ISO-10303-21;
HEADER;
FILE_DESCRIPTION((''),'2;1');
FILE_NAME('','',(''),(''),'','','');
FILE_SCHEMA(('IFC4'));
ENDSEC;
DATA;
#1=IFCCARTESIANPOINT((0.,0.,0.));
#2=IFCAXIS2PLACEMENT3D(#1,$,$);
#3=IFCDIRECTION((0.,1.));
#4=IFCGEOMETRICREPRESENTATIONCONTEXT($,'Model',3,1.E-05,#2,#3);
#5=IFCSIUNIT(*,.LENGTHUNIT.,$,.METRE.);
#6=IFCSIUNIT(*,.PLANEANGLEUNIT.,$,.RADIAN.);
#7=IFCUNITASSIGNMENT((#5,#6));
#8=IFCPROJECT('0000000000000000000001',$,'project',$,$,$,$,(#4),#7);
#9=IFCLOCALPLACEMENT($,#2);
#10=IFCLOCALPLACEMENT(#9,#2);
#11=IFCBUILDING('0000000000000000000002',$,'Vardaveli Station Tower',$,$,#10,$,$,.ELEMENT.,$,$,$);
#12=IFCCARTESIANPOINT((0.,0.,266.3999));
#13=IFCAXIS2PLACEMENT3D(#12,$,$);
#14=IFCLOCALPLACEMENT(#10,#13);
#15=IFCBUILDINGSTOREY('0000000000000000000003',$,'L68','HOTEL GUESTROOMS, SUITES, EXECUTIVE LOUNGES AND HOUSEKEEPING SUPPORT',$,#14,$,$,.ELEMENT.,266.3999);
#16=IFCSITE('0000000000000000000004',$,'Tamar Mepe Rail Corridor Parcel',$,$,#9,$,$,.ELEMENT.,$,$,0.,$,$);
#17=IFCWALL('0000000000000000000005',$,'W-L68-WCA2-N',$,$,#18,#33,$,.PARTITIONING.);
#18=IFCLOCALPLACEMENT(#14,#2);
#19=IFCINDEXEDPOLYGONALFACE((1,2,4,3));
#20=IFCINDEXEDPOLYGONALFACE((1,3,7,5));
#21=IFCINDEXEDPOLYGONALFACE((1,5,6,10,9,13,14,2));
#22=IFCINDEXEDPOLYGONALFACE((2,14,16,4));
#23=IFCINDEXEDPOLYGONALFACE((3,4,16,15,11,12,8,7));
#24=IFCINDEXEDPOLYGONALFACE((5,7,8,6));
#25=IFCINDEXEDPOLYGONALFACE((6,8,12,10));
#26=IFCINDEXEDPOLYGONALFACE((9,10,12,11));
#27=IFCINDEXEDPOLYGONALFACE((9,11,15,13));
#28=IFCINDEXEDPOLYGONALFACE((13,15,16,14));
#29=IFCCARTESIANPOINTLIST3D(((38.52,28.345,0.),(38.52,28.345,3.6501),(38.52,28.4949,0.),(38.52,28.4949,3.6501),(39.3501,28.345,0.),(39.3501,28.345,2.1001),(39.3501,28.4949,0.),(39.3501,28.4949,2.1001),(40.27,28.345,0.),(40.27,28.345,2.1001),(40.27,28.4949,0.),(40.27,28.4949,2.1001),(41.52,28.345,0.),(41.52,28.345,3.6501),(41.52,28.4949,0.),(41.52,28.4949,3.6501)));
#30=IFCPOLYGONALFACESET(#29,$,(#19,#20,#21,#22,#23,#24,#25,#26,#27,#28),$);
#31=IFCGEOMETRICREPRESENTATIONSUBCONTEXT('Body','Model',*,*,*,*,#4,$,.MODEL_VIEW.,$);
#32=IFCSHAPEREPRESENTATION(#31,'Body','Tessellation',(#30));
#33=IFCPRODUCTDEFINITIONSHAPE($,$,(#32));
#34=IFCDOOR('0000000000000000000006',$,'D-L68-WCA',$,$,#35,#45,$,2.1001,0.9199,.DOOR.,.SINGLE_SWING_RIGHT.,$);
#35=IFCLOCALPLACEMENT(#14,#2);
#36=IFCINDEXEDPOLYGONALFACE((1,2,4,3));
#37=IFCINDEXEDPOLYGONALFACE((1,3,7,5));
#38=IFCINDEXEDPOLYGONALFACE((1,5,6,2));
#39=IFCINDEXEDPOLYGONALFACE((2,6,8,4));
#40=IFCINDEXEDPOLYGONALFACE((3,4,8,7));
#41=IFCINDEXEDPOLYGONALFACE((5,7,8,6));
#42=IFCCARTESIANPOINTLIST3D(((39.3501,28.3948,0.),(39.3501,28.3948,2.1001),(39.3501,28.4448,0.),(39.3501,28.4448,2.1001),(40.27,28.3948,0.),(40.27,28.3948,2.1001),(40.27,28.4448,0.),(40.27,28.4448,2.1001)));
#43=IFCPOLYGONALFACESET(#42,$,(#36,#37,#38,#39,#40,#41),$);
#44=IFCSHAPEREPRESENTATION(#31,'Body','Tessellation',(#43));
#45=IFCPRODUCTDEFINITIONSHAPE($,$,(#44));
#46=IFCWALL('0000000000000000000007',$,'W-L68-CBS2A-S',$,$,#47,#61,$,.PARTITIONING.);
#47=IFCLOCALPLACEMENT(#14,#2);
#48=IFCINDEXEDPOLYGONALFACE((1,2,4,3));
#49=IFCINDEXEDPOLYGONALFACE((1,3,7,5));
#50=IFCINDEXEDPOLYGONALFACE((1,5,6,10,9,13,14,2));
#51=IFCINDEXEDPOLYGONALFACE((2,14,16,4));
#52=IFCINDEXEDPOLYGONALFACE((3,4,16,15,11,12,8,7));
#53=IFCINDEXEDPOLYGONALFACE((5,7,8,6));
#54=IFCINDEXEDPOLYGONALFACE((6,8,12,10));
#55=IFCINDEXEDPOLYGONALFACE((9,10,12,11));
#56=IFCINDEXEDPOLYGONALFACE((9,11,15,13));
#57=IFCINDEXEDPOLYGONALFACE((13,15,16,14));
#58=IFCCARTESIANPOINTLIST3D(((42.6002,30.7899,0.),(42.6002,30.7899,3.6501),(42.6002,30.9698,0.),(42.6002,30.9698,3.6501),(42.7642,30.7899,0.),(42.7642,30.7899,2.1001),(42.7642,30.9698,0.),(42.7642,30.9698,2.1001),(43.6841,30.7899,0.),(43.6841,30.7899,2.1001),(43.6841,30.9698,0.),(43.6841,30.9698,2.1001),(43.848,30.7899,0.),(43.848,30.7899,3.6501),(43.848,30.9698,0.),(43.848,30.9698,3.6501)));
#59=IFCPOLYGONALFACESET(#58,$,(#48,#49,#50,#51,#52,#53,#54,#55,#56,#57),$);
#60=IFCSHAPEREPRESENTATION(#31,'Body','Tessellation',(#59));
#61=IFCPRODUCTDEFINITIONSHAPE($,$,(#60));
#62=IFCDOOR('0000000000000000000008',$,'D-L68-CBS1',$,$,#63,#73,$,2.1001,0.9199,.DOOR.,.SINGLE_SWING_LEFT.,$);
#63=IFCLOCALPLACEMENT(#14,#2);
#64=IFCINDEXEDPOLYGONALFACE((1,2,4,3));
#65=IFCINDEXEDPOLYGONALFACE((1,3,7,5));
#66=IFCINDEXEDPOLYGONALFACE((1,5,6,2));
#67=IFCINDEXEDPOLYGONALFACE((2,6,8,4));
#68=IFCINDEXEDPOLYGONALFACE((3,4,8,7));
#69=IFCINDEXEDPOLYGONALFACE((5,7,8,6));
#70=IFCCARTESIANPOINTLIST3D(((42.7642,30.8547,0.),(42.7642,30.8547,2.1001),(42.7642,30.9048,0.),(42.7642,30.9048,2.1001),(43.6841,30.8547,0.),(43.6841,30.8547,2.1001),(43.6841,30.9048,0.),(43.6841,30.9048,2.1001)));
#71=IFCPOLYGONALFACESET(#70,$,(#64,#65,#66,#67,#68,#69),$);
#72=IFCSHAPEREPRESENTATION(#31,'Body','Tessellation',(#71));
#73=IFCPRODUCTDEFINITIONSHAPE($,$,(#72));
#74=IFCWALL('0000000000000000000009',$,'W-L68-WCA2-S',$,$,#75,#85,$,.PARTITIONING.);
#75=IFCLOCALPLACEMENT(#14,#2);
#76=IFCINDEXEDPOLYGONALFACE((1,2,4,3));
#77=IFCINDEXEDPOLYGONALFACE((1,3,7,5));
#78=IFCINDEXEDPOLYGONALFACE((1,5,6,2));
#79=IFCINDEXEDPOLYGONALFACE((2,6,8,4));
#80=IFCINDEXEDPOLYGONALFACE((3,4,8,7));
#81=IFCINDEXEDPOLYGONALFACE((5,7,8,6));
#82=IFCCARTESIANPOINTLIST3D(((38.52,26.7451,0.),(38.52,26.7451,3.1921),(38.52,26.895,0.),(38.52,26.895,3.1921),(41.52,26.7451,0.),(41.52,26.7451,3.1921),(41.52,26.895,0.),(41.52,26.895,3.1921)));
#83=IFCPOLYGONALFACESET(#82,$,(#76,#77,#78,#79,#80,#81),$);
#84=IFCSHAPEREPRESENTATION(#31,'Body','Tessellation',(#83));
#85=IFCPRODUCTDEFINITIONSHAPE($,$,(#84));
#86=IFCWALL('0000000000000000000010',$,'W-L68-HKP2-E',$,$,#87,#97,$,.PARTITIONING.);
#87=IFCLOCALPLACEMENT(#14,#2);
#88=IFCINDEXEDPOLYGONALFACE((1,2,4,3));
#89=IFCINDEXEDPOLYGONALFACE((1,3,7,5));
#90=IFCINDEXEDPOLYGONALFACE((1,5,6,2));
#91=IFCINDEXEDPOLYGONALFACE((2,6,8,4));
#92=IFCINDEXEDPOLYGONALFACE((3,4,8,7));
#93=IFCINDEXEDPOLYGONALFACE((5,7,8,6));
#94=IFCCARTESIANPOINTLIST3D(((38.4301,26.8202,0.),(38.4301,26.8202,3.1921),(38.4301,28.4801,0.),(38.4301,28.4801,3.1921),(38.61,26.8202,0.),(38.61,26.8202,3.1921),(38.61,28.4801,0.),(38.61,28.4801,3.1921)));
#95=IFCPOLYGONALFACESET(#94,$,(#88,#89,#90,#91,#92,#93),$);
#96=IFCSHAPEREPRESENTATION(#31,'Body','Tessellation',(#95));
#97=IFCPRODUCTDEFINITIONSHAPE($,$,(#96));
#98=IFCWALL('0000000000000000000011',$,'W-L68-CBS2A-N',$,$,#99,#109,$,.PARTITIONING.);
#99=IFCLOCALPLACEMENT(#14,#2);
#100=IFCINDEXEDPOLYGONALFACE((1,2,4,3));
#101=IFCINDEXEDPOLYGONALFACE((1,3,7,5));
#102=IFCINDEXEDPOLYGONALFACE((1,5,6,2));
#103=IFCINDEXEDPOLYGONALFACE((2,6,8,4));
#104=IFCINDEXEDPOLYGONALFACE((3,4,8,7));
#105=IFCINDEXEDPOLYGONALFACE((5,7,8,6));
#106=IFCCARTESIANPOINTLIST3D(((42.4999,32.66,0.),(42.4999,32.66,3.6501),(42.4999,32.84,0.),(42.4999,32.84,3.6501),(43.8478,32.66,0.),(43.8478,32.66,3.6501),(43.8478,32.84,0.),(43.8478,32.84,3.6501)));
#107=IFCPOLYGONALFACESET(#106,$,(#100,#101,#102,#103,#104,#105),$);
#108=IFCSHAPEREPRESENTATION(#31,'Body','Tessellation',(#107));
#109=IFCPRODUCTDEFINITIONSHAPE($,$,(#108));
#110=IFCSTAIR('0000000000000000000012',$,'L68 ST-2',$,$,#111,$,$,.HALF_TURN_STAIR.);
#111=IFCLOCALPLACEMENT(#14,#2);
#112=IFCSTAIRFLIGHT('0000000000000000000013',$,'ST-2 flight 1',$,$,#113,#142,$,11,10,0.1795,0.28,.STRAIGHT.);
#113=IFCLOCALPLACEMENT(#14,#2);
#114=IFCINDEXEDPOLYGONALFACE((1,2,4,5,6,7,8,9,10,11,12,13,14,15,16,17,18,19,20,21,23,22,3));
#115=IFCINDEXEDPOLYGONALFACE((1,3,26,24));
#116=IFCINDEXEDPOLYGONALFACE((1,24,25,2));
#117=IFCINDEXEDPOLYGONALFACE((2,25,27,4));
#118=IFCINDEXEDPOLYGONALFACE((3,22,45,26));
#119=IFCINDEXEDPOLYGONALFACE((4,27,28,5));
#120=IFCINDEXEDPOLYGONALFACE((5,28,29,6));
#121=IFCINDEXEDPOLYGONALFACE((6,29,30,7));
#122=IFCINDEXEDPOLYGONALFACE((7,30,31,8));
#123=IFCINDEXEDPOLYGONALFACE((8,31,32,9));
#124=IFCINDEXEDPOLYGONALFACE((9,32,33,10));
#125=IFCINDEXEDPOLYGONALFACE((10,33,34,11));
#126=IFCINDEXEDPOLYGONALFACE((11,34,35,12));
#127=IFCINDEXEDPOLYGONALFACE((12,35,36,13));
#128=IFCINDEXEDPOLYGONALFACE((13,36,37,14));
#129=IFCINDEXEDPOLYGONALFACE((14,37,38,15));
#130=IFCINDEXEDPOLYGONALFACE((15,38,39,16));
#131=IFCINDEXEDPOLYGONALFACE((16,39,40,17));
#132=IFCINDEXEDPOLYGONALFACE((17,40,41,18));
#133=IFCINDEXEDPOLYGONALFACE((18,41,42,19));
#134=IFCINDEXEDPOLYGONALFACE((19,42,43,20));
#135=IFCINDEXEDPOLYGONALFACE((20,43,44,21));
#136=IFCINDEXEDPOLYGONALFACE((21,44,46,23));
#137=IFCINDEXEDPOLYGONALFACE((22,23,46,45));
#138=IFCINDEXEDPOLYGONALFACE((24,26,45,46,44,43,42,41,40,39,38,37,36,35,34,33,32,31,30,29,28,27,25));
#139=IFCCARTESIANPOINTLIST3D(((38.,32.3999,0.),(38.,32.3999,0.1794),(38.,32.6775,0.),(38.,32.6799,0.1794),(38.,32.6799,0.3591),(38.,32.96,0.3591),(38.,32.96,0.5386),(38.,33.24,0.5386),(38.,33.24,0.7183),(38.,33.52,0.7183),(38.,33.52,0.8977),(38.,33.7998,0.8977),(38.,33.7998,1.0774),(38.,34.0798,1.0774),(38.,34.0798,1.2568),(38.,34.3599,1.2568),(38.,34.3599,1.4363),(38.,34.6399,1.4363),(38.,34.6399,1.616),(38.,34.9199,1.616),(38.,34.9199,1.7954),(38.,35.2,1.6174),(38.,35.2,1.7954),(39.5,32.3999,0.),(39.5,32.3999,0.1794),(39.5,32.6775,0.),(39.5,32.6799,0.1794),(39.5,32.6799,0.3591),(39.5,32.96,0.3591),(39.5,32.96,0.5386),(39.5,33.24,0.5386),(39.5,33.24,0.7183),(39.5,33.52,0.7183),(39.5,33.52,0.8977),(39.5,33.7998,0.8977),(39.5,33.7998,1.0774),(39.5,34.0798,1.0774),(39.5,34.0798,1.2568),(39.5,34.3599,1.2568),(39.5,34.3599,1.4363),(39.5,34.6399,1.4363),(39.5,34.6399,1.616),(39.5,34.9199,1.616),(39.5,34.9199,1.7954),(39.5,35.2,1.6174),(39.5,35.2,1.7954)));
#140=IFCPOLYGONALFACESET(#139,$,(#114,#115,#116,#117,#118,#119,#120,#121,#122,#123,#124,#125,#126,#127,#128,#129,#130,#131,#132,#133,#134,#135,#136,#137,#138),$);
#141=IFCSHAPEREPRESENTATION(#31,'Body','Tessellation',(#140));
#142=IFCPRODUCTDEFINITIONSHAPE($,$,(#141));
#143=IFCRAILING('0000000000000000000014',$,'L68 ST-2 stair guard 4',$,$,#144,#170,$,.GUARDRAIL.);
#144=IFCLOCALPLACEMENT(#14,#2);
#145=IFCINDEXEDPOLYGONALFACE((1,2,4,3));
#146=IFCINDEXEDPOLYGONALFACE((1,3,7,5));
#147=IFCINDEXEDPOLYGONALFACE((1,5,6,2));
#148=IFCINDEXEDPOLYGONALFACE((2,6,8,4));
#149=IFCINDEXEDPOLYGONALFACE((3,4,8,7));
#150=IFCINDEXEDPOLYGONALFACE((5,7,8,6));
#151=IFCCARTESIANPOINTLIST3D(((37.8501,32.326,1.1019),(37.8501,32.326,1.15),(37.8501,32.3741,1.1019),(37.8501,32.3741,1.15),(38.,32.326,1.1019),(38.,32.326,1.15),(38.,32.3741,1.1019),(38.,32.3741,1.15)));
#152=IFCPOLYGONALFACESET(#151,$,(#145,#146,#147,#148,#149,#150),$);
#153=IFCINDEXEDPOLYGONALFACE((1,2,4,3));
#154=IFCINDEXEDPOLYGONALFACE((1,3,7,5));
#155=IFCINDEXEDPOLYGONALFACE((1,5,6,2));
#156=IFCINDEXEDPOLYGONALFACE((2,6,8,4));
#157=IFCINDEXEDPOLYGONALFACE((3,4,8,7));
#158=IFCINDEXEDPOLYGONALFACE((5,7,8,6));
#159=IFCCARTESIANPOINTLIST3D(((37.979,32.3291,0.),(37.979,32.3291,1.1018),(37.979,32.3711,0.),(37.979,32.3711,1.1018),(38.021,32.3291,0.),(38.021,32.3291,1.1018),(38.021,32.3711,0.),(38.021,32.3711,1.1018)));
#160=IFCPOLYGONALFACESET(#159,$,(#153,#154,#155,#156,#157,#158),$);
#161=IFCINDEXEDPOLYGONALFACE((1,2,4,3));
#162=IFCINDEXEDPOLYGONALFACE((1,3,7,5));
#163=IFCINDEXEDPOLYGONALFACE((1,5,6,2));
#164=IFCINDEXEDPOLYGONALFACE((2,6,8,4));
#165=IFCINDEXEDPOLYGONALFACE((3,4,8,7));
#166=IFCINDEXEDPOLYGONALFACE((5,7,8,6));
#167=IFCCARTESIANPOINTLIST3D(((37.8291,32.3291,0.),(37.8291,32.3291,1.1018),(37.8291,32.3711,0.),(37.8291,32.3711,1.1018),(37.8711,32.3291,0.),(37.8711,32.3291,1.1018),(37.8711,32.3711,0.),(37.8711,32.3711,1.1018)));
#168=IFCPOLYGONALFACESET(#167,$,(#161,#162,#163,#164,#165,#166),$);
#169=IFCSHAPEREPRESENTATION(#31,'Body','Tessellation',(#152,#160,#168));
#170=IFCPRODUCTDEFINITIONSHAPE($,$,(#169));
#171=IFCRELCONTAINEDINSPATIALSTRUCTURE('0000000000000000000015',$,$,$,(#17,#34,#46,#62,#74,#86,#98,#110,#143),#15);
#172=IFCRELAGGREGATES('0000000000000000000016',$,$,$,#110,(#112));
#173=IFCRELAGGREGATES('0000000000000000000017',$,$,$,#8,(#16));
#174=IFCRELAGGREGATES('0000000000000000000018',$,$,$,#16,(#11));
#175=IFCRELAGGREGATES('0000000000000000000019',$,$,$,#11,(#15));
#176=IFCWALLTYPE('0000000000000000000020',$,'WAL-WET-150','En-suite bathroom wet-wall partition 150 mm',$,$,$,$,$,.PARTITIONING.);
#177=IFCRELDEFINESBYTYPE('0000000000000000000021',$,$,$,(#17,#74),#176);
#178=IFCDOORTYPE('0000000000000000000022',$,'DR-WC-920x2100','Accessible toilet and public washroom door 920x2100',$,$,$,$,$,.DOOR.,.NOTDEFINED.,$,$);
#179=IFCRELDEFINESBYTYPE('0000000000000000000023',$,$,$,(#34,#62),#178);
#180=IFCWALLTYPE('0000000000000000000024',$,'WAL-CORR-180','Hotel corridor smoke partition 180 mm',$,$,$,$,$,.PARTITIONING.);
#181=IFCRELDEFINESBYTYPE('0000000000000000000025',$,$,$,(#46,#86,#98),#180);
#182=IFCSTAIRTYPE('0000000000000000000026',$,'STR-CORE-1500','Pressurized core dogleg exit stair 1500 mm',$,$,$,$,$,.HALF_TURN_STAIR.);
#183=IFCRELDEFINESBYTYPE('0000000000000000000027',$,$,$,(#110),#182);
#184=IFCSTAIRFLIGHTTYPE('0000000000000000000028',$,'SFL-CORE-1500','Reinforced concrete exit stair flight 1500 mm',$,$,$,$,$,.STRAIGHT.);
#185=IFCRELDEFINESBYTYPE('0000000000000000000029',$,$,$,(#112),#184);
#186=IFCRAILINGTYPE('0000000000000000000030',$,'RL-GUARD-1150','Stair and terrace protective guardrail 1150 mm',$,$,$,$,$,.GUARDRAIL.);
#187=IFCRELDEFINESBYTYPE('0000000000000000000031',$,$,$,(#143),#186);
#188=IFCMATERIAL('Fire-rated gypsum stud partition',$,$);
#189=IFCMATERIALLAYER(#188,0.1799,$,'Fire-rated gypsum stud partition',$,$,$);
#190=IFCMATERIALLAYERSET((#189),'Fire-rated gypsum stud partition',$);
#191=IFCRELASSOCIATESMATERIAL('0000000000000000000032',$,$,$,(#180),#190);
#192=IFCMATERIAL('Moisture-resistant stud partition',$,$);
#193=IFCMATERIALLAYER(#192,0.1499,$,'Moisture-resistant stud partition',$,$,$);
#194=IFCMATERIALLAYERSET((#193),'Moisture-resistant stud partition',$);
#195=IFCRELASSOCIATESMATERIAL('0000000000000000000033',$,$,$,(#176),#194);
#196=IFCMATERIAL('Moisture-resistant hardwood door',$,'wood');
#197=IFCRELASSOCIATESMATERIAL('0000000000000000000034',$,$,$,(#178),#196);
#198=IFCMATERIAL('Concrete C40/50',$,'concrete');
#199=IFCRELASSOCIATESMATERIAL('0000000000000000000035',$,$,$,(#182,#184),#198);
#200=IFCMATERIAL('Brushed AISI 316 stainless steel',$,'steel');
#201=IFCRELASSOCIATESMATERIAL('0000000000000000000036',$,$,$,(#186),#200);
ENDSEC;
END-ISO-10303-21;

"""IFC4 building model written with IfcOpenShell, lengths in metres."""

from ifc_helpers import new_model, si_unit, direction, frame, frame_2d, origin, origin_2d, place, context, subcontext, project, spatial, polyline, rectangle, outline, extrude, source, transform, mapped, material, layer, layer_set, type_object, element, fill, aggregate, save


model = new_model("IFC4")

# Units and contexts
model_context = context("Model", 3, precision=1e-05, world=origin(), true_north=direction((0.0, 1.0)))
body_context = subcontext(model_context, "Body", "Model", "MODEL_VIEW")
ifc_project = project(units=[si_unit("LENGTHUNIT", "METRE"), si_unit("PLANEANGLEUNIT", "RADIAN")], contexts=[model_context])

# Site, building, storey
site_placement = place(None, origin())
site = spatial("IfcSite", under=ifc_project, at=site_placement, Name="Tamar Mepe Rail Corridor Parcel", CompositionType="ELEMENT", RefElevation=0.0)
building_placement = place(site_placement, origin())
building = spatial("IfcBuilding", under=site, at=building_placement, Name="Vardaveli Station Tower", CompositionType="ELEMENT")
storey_placement = place(building_placement, frame((0.0, 0.0, 266.3999)))
storey = spatial("IfcBuildingStorey", under=building, at=storey_placement, Name="L68", Description="HOTEL GUESTROOMS, SUITES, EXECUTIVE LOUNGES AND HOUSEKEEPING SUPPORT", CompositionType="ELEMENT", Elevation=266.3999)

# Shared definitions
ifc_material_1 = material(Name="Concrete C40/50", Category="concrete")

# Shared definitions
ifc_material_2 = material(Name="Fire-rated gypsum stud partition")
ifc_layer_1 = layer(ifc_material_2, 0.1799, Name="Fire-rated gypsum stud partition")
ifc_layer_set_1 = layer_set([ifc_layer_1], Name="Fire-rated gypsum stud partition")
wall_type_1 = type_object("IfcWallType", Name="WAL-CORR-180", Description="Hotel corridor smoke partition 180 mm", PredefinedType="PARTITIONING", material=ifc_layer_set_1)

# Walls, openings, doors
ifc_material_3 = material(Name="Moisture-resistant stud partition")
ifc_layer_2 = layer(ifc_material_3, 0.1499, Name="Moisture-resistant stud partition")
ifc_layer_set_2 = layer_set([ifc_layer_2], Name="Moisture-resistant stud partition")
wall_type_2 = type_object("IfcWallType", Name="WAL-WET-150", Description="En-suite bathroom wet-wall partition 150 mm", PredefinedType="PARTITIONING", material=ifc_layer_set_2)
shared_shape_1 = source(origin(), body_context, "Body", "SweptSolid", [
    extrude(rectangle(XDim=3.0, YDim=0.1499, at=frame_2d((1.5, 0.0))), origin(), (0.0, 0.0, 1.0), 3.6501),
])
wall_1_placement = place(storey_placement, frame((38.52, 28.4199, 0.0), z_axis=(0.0, 0.0, 1.0), x_axis=(1.0, 0.0, 0.0)))
wall_1 = element("IfcWall", 1, at=wall_1_placement, inside=storey, type_object=wall_type_2, Name="W-L68-WCA2-N", PredefinedType="PARTITIONING", context=body_context, shape_type="MappedRepresentation", body=[
    mapped(shared_shape_1, transform((0.0, 0.0, 0.0), scale=1.0)),
])
shared_shape_2 = source(origin(), body_context, "Body", "SweptSolid", [
    extrude(rectangle(XDim=0.9199, YDim=2.1001, at=frame_2d((0.46, 1.05))), frame((0.0, 0.085, 0.0), z_axis=(0.0, -1.0, 0.0), x_axis=(1.0, 0.0, 0.0)), (0.0, 0.0, 1.0), 0.1699),
])
opening_1_placement = place(wall_1_placement, frame((0.8301, 0.0, 0.0)))
opening_1 = element("IfcOpeningElement", 2, at=opening_1_placement, cuts=wall_1, PredefinedType="OPENING", context=body_context, shape_type="MappedRepresentation", body=[
    mapped(shared_shape_2, transform((0.0, 0.0, 0.0), scale=1.0)),
])
ifc_material_4 = material(Name="Moisture-resistant hardwood door", Category="wood")
door_type_1 = type_object("IfcDoorType", Name="DR-WC-920x2100", Description="Accessible toilet and public washroom door 920x2100", OperationType="NOTDEFINED", PredefinedType="DOOR", material=ifc_material_4)
shared_shape_3 = source(origin(), body_context, "Body", "SweptSolid", [
    extrude(rectangle(XDim=0.9199, YDim=2.1001, at=frame_2d((0.46, 1.05))), frame((0.0, 0.0249, 0.0), z_axis=(0.0, -1.0, 0.0), x_axis=(1.0, 0.0, 0.0)), (0.0, 0.0, 1.0), 0.05),
])
door_1_placement = place(opening_1_placement, origin())
door_1 = element("IfcDoor", 3, at=door_1_placement, inside=storey, type_object=door_type_1, Name="D-L68-WCA", OperationType="SINGLE_SWING_RIGHT", OverallHeight=2.1001, OverallWidth=0.9199, PredefinedType="DOOR", context=body_context, shape_type="MappedRepresentation", body=[
    mapped(shared_shape_3, transform((0.0, 0.0, 0.0), scale=1.0)),
])
fill(opening_1, door_1)
shared_shape_4 = source(origin(), body_context, "Body", "SweptSolid", [
    extrude(rectangle(XDim=1.2478, YDim=0.1799, at=frame_2d((0.624, 0.0))), origin(), (0.0, 0.0, 1.0), 3.6501),
])
wall_2_placement = place(storey_placement, frame((42.6001, 30.8799, 0.0), z_axis=(0.0, 0.0, 1.0), x_axis=(1.0, 0.0, 0.0)))
wall_2 = element("IfcWall", 4, at=wall_2_placement, inside=storey, type_object=wall_type_1, Name="W-L68-CBS2A-S", PredefinedType="PARTITIONING", context=body_context, shape_type="MappedRepresentation", body=[
    mapped(shared_shape_4, transform((0.0, 0.0, 0.0), scale=1.0)),
])
shared_shape_5 = source(origin(), body_context, "Body", "SweptSolid", [
    extrude(rectangle(XDim=0.9199, YDim=2.1001, at=frame_2d((0.46, 1.05))), frame((0.0, 0.1001, 0.0), z_axis=(0.0, -1.0, 0.0), x_axis=(1.0, 0.0, 0.0)), (0.0, 0.0, 1.0), 0.2),
])
opening_2_placement = place(wall_2_placement, frame((0.1641, 0.0, 0.0)))
opening_2 = element("IfcOpeningElement", 5, at=opening_2_placement, cuts=wall_2, PredefinedType="OPENING", context=body_context, shape_type="MappedRepresentation", body=[
    mapped(shared_shape_5, transform((0.0, 0.0, 0.0), scale=1.0)),
])
door_2_placement = place(opening_2_placement, origin())
door_2 = element("IfcDoor", 6, at=door_2_placement, inside=storey, type_object=door_type_1, Name="D-L68-CBS1", OperationType="SINGLE_SWING_LEFT", OverallHeight=2.1001, OverallWidth=0.9199, PredefinedType="DOOR", context=body_context, shape_type="MappedRepresentation", body=[
    mapped(shared_shape_3, transform((0.0, 0.0, 0.0), scale=1.0)),
])
fill(opening_2, door_2)

# Walls
shared_shape_6 = source(origin(), body_context, "Body", "SweptSolid", [
    extrude(rectangle(XDim=3.0, YDim=0.1499, at=frame_2d((1.5, 0.0))), origin(), (0.0, 0.0, 1.0), 3.1921),
])
wall_3_placement = place(storey_placement, frame((38.52, 26.8201, 0.0), z_axis=(0.0, 0.0, 1.0), x_axis=(1.0, 0.0, 0.0)))
element("IfcWall", 7, at=wall_3_placement, inside=storey, type_object=wall_type_2, Name="W-L68-WCA2-S", PredefinedType="PARTITIONING", context=body_context, shape_type="MappedRepresentation", body=[
    mapped(shared_shape_6, transform((0.0, 0.0, 0.0), scale=1.0)),
])
shared_shape_7 = source(origin(), body_context, "Body", "SweptSolid", [
    extrude(rectangle(XDim=1.6599, YDim=0.1799, at=frame_2d((0.8301, 0.0))), origin(), (0.0, 0.0, 1.0), 3.1921),
])
wall_4_placement = place(storey_placement, frame((38.52, 26.8201, 0.0), z_axis=(0.0, 0.0, 1.0), x_axis=(0.0, 1.0, 0.0)))
element("IfcWall", 8, at=wall_4_placement, inside=storey, type_object=wall_type_1, Name="W-L68-HKP2-E", PredefinedType="PARTITIONING", context=body_context, shape_type="MappedRepresentation", body=[
    mapped(shared_shape_7, transform((0.0, 0.0, 0.0), scale=1.0)),
])
shared_shape_8 = source(origin(), body_context, "Body", "SweptSolid", [
    extrude(rectangle(XDim=1.3479, YDim=0.1799, at=frame_2d((0.6738, 0.0))), origin(), (0.0, 0.0, 1.0), 3.6501),
])
wall_5_placement = place(storey_placement, frame((42.5, 32.75, 0.0), z_axis=(0.0, 0.0, 1.0), x_axis=(1.0, 0.0, 0.0)))
element("IfcWall", 9, at=wall_5_placement, inside=storey, type_object=wall_type_1, Name="W-L68-CBS2A-N", PredefinedType="PARTITIONING", context=body_context, shape_type="MappedRepresentation", body=[
    mapped(shared_shape_8, transform((0.0, 0.0, 0.0), scale=1.0)),
])

# Stair, stair flight
stair_type = type_object("IfcStairType", Name="STR-CORE-1500", Description="Pressurized core dogleg exit stair 1500 mm", PredefinedType="HALF_TURN_STAIR", material=ifc_material_1)
stair_placement = place(storey_placement, origin())
stair = element("IfcStair", 10, at=stair_placement, inside=storey, type_object=stair_type, Name="L68 ST-2", PredefinedType="HALF_TURN_STAIR")
stair_flight_type = type_object("IfcStairFlightType", Name="SFL-CORE-1500", Description="Reinforced concrete exit stair flight 1500 mm", PredefinedType="STRAIGHT", material=ifc_material_1)
shared_shape_9 = source(origin(), body_context, "Body", "SweptSolid", [
    extrude(outline(polyline([(0.0, 0.0), (0.0, 0.1794), (0.28, 0.1794), (0.28, 0.3591), (0.5601, 0.3591), (0.5601, 0.5386), (0.8401, 0.5386), (0.8401, 0.7183), (1.1201, 0.7183), (1.1201, 0.8977), (1.3999, 0.8977), (1.3999, 1.0774), (1.6799, 1.0774), (1.6799, 1.2568), (1.96, 1.2568), (1.96, 1.4363), (2.24, 1.4363), (2.24, 1.616), (2.52, 1.616), (2.52, 1.7954), (2.8, 1.7954), (2.8, 1.9751), (2.8, 1.6174), (0.2776, 0.0), (0.0, 0.0)])), frame((0.0, 0.75, 0.0), z_axis=(0.0, -1.0, 0.0), x_axis=(1.0, 0.0, 0.0)), (0.0, 0.0, 1.0), 1.5),
])
stair_flight_placement = place(storey_placement, frame((38.75, 32.3999, 0.0), z_axis=(0.0, 0.0, 1.0), x_axis=(0.0, 1.0, 0.0)))
stair_flight = element("IfcStairFlight", 11, at=stair_flight_placement, type_object=stair_flight_type, Name="ST-2 flight 1", NumberOfRisers=11, NumberOfTreads=10, PredefinedType="STRAIGHT", RiserHeight=0.1795, TreadLength=0.28, context=body_context, shape_type="MappedRepresentation", body=[
    mapped(shared_shape_9, transform((0.0, 0.0, 0.0), scale=1.0)),
])
aggregate(stair, [stair_flight])

# Railing
ifc_material_5 = material(Name="Brushed AISI 316 stainless steel", Category="steel")
railing_type_1 = type_object("IfcRailingType", Name="RL-GUARD-1150", Description="Stair and terrace protective guardrail 1150 mm", PredefinedType="GUARDRAIL", material=ifc_material_5)
shared_shape_10 = source(origin(), body_context, "Body", "SweptSolid", [
    extrude(rectangle(XDim=0.0481, YDim=0.0481, at=origin_2d()), frame((0.0, 0.0, 1.126), z_axis=(-1.0, 0.0, 0.0), x_axis=(0.0, -1.0, 0.0)), (0.0, 0.0, 1.0), 0.1499),
    extrude(rectangle(XDim=0.042, YDim=0.042, at=origin_2d()), origin(), (0.0, 0.0, 1.0), 1.1018),
    extrude(rectangle(XDim=0.042, YDim=0.042, at=origin_2d()), frame((-0.1499, 0.0, 0.0)), (0.0, 0.0, 1.0), 1.1018),
])
railing_1_placement = place(storey_placement, frame((38.0, 32.3501, 0.0)))
element("IfcRailing", 12, at=railing_1_placement, inside=storey, type_object=railing_type_1, Name="L68 ST-2 stair guard 4", PredefinedType="GUARDRAIL", context=body_context, shape_type="MappedRepresentation", body=[
    mapped(shared_shape_10, transform((0.0, 0.0, 0.0), scale=1.0)),
])

save(model, "model.ifc")
